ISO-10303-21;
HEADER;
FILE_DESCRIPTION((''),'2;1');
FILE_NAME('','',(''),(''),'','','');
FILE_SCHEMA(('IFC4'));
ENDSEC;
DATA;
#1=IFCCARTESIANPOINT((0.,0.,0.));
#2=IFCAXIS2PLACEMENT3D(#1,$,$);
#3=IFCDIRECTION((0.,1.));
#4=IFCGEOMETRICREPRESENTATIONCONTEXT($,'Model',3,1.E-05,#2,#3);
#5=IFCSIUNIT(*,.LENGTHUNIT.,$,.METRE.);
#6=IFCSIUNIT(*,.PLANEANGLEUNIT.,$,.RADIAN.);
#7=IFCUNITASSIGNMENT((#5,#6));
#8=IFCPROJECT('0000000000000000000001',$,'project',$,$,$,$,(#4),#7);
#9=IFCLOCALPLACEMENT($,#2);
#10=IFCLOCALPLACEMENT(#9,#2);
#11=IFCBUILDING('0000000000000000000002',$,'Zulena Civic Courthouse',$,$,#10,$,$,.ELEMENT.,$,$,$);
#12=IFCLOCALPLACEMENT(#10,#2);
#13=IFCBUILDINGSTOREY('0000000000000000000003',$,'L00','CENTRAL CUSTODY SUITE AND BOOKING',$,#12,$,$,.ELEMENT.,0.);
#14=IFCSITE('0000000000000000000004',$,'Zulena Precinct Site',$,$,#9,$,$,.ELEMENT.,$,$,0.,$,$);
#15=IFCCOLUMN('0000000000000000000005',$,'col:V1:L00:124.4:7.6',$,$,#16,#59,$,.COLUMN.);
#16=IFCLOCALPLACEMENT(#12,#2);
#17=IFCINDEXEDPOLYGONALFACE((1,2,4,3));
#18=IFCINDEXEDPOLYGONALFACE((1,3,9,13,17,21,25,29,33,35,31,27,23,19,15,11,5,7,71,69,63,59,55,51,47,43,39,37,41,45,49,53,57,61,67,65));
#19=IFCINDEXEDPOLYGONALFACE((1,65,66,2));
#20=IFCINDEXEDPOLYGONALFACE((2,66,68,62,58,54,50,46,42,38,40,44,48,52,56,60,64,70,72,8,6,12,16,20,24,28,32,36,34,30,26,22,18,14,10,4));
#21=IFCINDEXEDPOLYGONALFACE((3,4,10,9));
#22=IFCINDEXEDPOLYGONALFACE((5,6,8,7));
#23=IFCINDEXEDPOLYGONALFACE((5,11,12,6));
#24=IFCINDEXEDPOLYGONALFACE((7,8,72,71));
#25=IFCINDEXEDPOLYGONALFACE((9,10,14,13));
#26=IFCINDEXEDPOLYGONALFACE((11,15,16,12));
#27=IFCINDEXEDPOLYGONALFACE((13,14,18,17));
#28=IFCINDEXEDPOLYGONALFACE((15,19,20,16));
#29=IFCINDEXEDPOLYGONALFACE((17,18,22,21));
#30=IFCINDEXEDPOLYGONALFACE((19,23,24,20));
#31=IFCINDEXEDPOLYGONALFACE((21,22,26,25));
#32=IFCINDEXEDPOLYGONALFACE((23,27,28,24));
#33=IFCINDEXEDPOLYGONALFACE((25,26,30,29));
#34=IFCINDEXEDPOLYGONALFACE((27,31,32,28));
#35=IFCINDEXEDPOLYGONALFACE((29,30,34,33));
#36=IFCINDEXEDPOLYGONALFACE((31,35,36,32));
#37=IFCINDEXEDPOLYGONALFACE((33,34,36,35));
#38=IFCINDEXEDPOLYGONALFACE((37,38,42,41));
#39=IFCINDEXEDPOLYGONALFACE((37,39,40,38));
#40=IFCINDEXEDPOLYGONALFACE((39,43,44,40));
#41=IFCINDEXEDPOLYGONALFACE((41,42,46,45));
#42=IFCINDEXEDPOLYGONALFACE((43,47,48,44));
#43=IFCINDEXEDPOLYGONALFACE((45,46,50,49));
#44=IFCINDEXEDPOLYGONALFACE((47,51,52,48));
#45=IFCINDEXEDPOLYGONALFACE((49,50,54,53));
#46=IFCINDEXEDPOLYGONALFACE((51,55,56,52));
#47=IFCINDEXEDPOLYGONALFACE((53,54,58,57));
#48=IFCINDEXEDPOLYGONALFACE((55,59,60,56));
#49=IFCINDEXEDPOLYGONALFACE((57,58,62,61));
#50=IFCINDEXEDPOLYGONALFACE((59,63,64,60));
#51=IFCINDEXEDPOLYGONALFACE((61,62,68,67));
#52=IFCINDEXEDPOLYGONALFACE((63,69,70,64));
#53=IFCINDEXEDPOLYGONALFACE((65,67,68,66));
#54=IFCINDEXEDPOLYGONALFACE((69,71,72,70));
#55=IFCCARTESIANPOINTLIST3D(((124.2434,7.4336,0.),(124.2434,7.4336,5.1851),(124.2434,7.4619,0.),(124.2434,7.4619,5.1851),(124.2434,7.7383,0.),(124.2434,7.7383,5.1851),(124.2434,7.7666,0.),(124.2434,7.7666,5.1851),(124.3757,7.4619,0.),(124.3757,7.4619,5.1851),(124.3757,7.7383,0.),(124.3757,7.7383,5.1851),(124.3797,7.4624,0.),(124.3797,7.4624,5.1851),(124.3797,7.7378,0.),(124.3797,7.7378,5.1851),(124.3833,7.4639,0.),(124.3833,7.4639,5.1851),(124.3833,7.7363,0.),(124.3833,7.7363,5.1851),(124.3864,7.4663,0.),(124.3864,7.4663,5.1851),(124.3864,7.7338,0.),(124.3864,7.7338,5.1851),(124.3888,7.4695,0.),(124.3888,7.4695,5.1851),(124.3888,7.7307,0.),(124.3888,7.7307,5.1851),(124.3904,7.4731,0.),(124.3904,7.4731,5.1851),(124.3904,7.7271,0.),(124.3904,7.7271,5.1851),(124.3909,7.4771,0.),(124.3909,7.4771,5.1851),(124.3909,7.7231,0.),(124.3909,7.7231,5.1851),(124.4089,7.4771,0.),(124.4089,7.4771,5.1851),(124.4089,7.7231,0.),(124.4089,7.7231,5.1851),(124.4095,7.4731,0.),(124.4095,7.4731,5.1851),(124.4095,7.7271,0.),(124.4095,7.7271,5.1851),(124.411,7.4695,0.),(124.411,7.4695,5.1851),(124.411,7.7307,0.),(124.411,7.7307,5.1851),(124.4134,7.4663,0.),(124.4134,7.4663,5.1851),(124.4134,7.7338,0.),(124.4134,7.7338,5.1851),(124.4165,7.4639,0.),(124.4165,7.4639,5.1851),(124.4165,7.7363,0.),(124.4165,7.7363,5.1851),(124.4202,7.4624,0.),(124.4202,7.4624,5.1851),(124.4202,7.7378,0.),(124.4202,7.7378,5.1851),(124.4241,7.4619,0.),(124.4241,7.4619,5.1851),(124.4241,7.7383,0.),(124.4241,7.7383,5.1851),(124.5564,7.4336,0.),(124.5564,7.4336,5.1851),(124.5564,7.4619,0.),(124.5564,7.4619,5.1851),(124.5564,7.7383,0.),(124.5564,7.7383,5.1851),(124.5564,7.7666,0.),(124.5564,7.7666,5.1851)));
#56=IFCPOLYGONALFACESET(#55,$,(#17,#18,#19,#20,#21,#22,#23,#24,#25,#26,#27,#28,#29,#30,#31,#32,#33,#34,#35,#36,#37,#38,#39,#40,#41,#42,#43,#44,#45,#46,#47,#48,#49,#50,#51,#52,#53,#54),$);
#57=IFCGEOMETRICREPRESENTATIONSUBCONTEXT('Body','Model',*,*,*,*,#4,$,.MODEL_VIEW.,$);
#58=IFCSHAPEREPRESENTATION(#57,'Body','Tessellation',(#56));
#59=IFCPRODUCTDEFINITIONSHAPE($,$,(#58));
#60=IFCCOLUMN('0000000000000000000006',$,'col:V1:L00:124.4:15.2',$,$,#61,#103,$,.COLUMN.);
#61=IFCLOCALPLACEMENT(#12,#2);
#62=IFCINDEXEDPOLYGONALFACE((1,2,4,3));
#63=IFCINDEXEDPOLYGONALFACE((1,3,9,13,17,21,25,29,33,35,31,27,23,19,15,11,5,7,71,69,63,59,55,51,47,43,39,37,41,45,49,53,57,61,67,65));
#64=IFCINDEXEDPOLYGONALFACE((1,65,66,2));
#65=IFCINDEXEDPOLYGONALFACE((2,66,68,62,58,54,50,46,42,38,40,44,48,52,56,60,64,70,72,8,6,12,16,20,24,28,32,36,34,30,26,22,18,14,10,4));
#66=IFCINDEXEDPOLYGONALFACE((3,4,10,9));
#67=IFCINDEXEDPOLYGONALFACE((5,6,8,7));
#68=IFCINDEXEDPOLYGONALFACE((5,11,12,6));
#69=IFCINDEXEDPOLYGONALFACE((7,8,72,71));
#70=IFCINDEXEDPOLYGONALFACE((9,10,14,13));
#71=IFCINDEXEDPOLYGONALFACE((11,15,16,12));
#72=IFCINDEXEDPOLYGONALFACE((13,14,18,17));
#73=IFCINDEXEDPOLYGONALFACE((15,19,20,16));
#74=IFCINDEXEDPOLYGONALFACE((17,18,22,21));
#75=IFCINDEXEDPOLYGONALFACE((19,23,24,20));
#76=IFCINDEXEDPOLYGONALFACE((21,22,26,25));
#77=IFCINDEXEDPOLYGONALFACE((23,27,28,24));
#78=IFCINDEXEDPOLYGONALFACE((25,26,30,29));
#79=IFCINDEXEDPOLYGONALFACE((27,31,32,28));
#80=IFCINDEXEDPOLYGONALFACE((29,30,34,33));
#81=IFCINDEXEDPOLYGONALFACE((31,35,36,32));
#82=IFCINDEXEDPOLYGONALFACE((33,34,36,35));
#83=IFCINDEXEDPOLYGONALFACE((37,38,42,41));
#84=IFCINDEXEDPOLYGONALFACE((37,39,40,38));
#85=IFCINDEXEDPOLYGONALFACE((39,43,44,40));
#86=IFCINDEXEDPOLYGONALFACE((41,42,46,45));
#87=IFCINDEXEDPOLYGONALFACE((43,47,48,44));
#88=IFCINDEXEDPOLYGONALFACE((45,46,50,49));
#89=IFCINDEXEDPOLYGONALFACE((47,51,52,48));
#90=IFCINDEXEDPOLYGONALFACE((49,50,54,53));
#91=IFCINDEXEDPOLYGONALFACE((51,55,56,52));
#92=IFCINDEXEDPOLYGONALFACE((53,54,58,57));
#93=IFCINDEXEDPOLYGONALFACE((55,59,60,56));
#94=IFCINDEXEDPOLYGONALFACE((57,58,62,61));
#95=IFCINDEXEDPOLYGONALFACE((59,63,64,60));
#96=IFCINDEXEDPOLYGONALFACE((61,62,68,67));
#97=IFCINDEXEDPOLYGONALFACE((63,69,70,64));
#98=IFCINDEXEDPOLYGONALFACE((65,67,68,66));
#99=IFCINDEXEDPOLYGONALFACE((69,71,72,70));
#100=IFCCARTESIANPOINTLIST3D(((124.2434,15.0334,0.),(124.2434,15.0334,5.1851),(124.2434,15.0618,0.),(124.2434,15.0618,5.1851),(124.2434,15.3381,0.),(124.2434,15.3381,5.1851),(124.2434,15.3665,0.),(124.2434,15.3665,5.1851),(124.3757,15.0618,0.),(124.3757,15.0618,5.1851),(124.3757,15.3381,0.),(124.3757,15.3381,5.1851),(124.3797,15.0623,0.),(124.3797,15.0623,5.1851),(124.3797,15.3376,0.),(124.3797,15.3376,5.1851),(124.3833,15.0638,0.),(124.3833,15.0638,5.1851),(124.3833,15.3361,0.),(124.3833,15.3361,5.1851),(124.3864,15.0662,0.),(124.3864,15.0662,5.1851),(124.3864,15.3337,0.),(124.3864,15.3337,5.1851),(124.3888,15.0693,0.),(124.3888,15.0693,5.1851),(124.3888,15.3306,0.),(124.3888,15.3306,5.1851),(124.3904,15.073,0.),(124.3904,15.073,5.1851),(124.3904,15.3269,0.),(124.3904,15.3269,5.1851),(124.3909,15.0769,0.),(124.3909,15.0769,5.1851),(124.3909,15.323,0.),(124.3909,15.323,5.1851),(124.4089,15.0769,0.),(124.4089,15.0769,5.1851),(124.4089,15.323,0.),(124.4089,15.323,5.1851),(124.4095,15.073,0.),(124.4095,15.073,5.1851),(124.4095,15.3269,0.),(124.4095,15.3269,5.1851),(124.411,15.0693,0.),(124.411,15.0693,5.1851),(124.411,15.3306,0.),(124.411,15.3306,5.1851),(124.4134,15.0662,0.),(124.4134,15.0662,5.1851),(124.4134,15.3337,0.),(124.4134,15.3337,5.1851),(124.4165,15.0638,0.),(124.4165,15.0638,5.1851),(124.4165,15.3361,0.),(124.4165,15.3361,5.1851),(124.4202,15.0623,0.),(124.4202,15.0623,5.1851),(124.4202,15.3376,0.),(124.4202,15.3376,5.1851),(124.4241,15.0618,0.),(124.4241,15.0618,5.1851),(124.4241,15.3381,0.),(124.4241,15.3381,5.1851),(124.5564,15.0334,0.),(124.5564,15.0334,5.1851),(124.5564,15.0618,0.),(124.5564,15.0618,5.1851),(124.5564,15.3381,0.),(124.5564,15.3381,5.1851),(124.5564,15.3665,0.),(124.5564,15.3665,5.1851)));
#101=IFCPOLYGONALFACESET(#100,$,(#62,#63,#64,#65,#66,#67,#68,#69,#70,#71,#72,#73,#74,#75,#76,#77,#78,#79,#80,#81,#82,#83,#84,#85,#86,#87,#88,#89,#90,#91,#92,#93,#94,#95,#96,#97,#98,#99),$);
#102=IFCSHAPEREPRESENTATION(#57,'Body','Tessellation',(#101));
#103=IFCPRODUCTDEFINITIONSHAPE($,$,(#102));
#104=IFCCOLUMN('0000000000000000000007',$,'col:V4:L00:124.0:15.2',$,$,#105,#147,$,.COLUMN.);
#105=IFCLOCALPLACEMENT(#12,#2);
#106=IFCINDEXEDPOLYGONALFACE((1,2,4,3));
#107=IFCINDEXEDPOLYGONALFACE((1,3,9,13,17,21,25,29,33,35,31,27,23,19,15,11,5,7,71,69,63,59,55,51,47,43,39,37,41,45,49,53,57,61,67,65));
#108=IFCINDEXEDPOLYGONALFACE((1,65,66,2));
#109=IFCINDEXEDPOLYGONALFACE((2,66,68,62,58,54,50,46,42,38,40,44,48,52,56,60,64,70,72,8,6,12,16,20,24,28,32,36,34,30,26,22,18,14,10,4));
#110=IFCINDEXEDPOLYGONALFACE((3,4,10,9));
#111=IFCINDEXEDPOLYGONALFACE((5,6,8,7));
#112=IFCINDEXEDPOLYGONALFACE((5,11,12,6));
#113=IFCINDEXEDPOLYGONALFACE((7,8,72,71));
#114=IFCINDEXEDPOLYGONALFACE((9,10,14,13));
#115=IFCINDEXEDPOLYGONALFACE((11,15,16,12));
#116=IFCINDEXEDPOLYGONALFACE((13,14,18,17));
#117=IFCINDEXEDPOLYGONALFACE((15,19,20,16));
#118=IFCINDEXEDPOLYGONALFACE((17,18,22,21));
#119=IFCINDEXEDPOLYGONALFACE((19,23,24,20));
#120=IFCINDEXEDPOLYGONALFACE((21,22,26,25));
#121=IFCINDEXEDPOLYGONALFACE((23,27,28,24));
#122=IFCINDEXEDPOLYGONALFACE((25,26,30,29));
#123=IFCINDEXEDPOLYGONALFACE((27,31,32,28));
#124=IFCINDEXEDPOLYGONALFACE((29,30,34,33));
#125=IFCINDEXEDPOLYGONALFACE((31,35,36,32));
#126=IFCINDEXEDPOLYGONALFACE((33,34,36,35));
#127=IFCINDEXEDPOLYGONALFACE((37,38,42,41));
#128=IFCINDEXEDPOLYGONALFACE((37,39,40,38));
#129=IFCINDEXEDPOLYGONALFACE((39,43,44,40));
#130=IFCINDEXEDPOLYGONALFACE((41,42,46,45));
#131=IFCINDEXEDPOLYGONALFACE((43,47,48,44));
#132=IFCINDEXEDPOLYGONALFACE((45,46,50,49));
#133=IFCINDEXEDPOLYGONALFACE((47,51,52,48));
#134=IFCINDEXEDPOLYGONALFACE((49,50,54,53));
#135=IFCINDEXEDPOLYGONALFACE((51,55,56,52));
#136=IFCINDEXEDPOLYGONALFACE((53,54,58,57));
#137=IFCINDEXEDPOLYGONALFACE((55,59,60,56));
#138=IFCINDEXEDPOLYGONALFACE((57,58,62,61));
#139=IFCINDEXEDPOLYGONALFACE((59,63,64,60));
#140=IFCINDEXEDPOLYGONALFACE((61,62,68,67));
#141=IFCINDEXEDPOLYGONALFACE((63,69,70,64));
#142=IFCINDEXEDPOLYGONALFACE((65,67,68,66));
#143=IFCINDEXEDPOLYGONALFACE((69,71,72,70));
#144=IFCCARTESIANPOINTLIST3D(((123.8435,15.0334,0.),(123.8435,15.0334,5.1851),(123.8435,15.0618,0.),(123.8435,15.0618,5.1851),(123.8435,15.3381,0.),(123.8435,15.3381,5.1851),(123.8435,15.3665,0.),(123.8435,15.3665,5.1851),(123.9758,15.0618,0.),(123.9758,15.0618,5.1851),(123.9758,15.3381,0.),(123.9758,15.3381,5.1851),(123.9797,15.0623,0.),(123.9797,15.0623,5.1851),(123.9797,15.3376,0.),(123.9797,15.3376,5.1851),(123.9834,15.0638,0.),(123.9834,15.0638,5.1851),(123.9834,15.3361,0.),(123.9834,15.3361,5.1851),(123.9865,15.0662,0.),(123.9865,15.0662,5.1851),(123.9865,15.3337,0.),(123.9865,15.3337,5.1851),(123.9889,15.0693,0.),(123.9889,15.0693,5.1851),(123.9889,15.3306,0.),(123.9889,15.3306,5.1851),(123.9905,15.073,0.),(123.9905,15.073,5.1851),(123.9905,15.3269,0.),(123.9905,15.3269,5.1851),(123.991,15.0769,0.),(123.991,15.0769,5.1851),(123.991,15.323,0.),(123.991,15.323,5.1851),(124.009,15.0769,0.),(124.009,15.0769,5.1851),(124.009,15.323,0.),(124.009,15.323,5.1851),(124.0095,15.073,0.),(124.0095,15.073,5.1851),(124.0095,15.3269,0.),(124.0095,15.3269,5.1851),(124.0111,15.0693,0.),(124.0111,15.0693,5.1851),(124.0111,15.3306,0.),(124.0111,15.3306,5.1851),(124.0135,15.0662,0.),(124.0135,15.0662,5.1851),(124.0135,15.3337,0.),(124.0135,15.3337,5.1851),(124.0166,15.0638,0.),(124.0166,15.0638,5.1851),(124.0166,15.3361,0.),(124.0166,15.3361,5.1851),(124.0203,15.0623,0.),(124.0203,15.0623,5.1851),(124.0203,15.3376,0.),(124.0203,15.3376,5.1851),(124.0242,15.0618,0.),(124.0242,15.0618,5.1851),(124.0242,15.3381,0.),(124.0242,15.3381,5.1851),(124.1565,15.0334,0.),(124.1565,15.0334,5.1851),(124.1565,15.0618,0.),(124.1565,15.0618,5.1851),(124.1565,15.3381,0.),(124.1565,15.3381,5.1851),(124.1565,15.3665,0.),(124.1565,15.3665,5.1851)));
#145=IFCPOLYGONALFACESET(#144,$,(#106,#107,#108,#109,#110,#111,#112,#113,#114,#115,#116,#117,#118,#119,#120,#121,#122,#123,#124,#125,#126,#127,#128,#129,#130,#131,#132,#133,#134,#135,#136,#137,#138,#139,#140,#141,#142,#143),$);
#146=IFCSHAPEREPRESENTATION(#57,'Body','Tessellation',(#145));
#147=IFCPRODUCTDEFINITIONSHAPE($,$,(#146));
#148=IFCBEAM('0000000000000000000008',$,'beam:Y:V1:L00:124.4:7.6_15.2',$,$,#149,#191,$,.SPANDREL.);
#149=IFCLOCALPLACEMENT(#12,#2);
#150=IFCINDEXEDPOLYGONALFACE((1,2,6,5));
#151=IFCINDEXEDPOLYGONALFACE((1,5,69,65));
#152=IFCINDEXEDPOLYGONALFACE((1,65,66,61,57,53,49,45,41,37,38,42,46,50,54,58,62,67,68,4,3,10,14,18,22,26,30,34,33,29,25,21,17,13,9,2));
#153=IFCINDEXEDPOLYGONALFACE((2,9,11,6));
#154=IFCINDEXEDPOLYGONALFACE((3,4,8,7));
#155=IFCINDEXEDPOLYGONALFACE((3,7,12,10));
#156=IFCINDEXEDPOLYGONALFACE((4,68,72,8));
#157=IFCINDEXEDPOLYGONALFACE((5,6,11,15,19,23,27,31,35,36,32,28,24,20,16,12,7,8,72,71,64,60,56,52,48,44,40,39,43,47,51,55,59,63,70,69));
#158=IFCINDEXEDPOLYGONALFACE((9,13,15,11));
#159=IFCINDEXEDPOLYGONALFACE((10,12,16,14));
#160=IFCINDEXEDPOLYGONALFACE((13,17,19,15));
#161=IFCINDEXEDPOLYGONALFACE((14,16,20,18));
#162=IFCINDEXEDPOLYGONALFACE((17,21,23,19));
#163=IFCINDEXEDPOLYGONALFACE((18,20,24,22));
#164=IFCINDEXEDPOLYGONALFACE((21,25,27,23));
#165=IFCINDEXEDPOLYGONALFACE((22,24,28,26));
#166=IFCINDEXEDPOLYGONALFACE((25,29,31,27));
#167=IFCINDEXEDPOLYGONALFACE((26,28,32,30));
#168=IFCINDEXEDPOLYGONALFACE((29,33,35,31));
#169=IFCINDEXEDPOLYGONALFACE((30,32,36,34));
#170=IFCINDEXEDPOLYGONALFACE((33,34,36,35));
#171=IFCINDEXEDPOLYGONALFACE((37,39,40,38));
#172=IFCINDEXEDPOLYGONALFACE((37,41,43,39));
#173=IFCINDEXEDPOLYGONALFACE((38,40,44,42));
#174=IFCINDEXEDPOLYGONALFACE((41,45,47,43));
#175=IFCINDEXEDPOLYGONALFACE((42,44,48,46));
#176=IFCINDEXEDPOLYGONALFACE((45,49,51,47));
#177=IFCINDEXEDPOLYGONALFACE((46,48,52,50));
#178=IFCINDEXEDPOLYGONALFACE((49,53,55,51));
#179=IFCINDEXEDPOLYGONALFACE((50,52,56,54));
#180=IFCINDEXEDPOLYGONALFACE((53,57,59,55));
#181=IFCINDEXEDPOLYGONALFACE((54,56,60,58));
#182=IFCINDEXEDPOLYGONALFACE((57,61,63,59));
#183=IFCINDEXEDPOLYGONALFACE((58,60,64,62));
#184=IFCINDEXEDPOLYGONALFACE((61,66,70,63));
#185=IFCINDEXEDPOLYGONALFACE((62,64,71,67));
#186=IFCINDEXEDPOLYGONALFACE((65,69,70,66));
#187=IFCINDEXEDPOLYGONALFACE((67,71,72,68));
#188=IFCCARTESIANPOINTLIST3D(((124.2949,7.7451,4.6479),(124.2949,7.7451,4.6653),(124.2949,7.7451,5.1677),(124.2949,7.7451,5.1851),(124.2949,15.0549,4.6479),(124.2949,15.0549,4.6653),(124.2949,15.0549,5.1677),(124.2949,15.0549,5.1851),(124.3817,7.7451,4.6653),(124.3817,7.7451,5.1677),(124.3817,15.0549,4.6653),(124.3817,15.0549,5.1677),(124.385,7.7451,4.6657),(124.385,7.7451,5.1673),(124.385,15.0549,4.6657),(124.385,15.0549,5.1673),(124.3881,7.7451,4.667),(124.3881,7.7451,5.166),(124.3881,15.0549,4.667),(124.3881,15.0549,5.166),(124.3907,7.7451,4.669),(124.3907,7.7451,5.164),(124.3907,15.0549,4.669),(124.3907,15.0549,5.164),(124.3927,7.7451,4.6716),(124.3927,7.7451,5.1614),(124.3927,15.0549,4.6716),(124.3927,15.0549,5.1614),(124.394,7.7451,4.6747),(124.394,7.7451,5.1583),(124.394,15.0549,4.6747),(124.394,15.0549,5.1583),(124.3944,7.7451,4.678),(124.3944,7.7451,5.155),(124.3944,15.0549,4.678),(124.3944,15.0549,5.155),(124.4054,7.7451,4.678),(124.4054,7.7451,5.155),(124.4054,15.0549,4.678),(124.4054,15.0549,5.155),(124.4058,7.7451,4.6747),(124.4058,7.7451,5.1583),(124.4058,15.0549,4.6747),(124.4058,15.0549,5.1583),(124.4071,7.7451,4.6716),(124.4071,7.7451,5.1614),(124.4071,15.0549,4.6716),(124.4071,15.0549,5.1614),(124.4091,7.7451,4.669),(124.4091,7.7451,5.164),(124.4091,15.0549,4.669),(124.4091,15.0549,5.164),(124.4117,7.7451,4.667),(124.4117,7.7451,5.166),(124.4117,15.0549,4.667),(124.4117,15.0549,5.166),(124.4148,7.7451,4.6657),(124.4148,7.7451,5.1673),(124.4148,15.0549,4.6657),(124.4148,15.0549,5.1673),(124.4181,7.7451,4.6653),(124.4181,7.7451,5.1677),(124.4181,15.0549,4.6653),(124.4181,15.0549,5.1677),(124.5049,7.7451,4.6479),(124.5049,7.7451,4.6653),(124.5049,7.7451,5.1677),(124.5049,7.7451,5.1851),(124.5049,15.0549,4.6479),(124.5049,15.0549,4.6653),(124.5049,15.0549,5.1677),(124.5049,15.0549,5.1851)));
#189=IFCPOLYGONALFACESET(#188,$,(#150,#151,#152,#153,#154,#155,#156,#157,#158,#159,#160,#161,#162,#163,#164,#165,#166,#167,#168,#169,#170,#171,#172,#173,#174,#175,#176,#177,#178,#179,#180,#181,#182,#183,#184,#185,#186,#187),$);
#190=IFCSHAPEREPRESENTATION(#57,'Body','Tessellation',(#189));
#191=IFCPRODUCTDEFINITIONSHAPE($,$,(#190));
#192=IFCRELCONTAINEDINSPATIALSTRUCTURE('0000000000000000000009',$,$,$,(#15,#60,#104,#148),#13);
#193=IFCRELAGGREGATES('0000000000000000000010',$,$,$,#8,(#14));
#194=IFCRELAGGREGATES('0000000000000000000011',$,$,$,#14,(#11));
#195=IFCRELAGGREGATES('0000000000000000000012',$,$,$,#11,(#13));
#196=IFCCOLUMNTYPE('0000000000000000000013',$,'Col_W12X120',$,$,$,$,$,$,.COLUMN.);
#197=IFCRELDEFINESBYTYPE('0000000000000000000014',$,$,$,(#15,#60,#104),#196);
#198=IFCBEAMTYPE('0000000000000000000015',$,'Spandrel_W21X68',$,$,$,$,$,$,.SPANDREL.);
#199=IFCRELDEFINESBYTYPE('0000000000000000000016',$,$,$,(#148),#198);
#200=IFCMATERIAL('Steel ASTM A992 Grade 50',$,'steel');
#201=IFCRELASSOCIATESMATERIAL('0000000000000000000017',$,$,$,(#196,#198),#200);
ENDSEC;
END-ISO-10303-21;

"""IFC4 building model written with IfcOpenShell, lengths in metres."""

from ifc_helpers import new_model, si_unit, direction, frame, origin, origin_2d, place, context, subcontext, project, spatial, i_section, extrude, material, material_profile, profile_set, type_object, element, save


model = new_model("IFC4")

# Units and contexts
model_context = context("Model", 3, precision=1e-05, world=origin(), true_north=direction((0.0, 1.0)))
body_context = subcontext(model_context, "Body", "Model", "MODEL_VIEW")
ifc_project = project(units=[si_unit("LENGTHUNIT", "METRE"), si_unit("PLANEANGLEUNIT", "RADIAN")], contexts=[model_context])

# Site, building, storey
site_placement = place(None, origin())
site = spatial("IfcSite", under=ifc_project, at=site_placement, Name="Zulena Precinct Site", CompositionType="ELEMENT", RefElevation=0.0)
building_placement = place(site_placement, origin())
building = spatial("IfcBuilding", under=site, at=building_placement, Name="Zulena Civic Courthouse", CompositionType="ELEMENT")
storey_placement = place(building_placement, origin())
storey = spatial("IfcBuildingStorey", under=building, at=storey_placement, Name="L00", Description="CENTRAL CUSTODY SUITE AND BOOKING", CompositionType="ELEMENT", Elevation=0.0)

# Columns
ifc_material_1 = material(Name="Steel ASTM A992 Grade 50", Category="steel")
ifc_material_profile_1 = material_profile(ifc_material_1, i_section(OverallWidth=0.313, OverallDepth=0.333, WebThickness=0.0181, FlangeThickness=0.0283, FilletRadius=0.0151, at=origin_2d()), Name="W12X120")
ifc_profile_set_1 = profile_set([ifc_material_profile_1], Name="Steel ASTM A992 Grade 50")
column_type = type_object("IfcColumnType", Name="Col_W12X120", PredefinedType="COLUMN", material=ifc_profile_set_1)
for number, where, z_axis, x_axis, name in (
    (1, (124.3999, 7.6001, 0.0), (0.0, 0.0, 1.0), (1.0, 0.0, 0.0), "col:V1:L00:124.4:7.6"),
    (2, (124.3999, 15.2, 0.0), (0.0, 0.0, 1.0), (1.0, 0.0, 0.0), "col:V1:L00:124.4:15.2"),
    (3, (124.0, 15.2, 0.0), (0.0, 0.0, 1.0), (1.0, 0.0, 0.0), "col:V4:L00:124.0:15.2"),
):
    element("IfcColumn", number, at=place(storey_placement, frame(where, z_axis=z_axis, x_axis=x_axis)), inside=storey, type_object=column_type, Name=name, PredefinedType="COLUMN", context=body_context, shape_type="SweptSolid", body=[
        extrude(i_section(OverallWidth=0.313, OverallDepth=0.333, WebThickness=0.0181, FlangeThickness=0.0283, FilletRadius=0.0151, at=origin_2d()), origin(), (0.0, 0.0, 1.0), 5.1851),
    ])

# Beam
ifc_material_profile_2 = material_profile(ifc_material_1, i_section(OverallWidth=0.21, OverallDepth=0.5371, WebThickness=0.011, FlangeThickness=0.0173, FilletRadius=0.0127, at=origin_2d()), Name="W21X68")
ifc_profile_set_2 = profile_set([ifc_material_profile_2], Name="Steel ASTM A992 Grade 50")
beam_type_1 = type_object("IfcBeamType", Name="Spandrel_W21X68", PredefinedType="SPANDREL", material=ifc_profile_set_2)
beam_placement = place(storey_placement, frame((124.3999, 7.7451, 4.9165), z_axis=(0.0, 1.0, 0.0), x_axis=(-1.0, 0.0, 0.0)))
element("IfcBeam", 4, at=beam_placement, inside=storey, type_object=beam_type_1, Name="beam:Y:V1:L00:124.4:7.6_15.2", PredefinedType="SPANDREL", context=body_context, shape_type="SweptSolid", body=[
    extrude(i_section(OverallWidth=0.21, OverallDepth=0.5371, WebThickness=0.011, FlangeThickness=0.0173, FilletRadius=0.0127, at=origin_2d()), origin(), (0.0, 0.0, 1.0), 7.3098),
])

save(model, "model.ifc")
